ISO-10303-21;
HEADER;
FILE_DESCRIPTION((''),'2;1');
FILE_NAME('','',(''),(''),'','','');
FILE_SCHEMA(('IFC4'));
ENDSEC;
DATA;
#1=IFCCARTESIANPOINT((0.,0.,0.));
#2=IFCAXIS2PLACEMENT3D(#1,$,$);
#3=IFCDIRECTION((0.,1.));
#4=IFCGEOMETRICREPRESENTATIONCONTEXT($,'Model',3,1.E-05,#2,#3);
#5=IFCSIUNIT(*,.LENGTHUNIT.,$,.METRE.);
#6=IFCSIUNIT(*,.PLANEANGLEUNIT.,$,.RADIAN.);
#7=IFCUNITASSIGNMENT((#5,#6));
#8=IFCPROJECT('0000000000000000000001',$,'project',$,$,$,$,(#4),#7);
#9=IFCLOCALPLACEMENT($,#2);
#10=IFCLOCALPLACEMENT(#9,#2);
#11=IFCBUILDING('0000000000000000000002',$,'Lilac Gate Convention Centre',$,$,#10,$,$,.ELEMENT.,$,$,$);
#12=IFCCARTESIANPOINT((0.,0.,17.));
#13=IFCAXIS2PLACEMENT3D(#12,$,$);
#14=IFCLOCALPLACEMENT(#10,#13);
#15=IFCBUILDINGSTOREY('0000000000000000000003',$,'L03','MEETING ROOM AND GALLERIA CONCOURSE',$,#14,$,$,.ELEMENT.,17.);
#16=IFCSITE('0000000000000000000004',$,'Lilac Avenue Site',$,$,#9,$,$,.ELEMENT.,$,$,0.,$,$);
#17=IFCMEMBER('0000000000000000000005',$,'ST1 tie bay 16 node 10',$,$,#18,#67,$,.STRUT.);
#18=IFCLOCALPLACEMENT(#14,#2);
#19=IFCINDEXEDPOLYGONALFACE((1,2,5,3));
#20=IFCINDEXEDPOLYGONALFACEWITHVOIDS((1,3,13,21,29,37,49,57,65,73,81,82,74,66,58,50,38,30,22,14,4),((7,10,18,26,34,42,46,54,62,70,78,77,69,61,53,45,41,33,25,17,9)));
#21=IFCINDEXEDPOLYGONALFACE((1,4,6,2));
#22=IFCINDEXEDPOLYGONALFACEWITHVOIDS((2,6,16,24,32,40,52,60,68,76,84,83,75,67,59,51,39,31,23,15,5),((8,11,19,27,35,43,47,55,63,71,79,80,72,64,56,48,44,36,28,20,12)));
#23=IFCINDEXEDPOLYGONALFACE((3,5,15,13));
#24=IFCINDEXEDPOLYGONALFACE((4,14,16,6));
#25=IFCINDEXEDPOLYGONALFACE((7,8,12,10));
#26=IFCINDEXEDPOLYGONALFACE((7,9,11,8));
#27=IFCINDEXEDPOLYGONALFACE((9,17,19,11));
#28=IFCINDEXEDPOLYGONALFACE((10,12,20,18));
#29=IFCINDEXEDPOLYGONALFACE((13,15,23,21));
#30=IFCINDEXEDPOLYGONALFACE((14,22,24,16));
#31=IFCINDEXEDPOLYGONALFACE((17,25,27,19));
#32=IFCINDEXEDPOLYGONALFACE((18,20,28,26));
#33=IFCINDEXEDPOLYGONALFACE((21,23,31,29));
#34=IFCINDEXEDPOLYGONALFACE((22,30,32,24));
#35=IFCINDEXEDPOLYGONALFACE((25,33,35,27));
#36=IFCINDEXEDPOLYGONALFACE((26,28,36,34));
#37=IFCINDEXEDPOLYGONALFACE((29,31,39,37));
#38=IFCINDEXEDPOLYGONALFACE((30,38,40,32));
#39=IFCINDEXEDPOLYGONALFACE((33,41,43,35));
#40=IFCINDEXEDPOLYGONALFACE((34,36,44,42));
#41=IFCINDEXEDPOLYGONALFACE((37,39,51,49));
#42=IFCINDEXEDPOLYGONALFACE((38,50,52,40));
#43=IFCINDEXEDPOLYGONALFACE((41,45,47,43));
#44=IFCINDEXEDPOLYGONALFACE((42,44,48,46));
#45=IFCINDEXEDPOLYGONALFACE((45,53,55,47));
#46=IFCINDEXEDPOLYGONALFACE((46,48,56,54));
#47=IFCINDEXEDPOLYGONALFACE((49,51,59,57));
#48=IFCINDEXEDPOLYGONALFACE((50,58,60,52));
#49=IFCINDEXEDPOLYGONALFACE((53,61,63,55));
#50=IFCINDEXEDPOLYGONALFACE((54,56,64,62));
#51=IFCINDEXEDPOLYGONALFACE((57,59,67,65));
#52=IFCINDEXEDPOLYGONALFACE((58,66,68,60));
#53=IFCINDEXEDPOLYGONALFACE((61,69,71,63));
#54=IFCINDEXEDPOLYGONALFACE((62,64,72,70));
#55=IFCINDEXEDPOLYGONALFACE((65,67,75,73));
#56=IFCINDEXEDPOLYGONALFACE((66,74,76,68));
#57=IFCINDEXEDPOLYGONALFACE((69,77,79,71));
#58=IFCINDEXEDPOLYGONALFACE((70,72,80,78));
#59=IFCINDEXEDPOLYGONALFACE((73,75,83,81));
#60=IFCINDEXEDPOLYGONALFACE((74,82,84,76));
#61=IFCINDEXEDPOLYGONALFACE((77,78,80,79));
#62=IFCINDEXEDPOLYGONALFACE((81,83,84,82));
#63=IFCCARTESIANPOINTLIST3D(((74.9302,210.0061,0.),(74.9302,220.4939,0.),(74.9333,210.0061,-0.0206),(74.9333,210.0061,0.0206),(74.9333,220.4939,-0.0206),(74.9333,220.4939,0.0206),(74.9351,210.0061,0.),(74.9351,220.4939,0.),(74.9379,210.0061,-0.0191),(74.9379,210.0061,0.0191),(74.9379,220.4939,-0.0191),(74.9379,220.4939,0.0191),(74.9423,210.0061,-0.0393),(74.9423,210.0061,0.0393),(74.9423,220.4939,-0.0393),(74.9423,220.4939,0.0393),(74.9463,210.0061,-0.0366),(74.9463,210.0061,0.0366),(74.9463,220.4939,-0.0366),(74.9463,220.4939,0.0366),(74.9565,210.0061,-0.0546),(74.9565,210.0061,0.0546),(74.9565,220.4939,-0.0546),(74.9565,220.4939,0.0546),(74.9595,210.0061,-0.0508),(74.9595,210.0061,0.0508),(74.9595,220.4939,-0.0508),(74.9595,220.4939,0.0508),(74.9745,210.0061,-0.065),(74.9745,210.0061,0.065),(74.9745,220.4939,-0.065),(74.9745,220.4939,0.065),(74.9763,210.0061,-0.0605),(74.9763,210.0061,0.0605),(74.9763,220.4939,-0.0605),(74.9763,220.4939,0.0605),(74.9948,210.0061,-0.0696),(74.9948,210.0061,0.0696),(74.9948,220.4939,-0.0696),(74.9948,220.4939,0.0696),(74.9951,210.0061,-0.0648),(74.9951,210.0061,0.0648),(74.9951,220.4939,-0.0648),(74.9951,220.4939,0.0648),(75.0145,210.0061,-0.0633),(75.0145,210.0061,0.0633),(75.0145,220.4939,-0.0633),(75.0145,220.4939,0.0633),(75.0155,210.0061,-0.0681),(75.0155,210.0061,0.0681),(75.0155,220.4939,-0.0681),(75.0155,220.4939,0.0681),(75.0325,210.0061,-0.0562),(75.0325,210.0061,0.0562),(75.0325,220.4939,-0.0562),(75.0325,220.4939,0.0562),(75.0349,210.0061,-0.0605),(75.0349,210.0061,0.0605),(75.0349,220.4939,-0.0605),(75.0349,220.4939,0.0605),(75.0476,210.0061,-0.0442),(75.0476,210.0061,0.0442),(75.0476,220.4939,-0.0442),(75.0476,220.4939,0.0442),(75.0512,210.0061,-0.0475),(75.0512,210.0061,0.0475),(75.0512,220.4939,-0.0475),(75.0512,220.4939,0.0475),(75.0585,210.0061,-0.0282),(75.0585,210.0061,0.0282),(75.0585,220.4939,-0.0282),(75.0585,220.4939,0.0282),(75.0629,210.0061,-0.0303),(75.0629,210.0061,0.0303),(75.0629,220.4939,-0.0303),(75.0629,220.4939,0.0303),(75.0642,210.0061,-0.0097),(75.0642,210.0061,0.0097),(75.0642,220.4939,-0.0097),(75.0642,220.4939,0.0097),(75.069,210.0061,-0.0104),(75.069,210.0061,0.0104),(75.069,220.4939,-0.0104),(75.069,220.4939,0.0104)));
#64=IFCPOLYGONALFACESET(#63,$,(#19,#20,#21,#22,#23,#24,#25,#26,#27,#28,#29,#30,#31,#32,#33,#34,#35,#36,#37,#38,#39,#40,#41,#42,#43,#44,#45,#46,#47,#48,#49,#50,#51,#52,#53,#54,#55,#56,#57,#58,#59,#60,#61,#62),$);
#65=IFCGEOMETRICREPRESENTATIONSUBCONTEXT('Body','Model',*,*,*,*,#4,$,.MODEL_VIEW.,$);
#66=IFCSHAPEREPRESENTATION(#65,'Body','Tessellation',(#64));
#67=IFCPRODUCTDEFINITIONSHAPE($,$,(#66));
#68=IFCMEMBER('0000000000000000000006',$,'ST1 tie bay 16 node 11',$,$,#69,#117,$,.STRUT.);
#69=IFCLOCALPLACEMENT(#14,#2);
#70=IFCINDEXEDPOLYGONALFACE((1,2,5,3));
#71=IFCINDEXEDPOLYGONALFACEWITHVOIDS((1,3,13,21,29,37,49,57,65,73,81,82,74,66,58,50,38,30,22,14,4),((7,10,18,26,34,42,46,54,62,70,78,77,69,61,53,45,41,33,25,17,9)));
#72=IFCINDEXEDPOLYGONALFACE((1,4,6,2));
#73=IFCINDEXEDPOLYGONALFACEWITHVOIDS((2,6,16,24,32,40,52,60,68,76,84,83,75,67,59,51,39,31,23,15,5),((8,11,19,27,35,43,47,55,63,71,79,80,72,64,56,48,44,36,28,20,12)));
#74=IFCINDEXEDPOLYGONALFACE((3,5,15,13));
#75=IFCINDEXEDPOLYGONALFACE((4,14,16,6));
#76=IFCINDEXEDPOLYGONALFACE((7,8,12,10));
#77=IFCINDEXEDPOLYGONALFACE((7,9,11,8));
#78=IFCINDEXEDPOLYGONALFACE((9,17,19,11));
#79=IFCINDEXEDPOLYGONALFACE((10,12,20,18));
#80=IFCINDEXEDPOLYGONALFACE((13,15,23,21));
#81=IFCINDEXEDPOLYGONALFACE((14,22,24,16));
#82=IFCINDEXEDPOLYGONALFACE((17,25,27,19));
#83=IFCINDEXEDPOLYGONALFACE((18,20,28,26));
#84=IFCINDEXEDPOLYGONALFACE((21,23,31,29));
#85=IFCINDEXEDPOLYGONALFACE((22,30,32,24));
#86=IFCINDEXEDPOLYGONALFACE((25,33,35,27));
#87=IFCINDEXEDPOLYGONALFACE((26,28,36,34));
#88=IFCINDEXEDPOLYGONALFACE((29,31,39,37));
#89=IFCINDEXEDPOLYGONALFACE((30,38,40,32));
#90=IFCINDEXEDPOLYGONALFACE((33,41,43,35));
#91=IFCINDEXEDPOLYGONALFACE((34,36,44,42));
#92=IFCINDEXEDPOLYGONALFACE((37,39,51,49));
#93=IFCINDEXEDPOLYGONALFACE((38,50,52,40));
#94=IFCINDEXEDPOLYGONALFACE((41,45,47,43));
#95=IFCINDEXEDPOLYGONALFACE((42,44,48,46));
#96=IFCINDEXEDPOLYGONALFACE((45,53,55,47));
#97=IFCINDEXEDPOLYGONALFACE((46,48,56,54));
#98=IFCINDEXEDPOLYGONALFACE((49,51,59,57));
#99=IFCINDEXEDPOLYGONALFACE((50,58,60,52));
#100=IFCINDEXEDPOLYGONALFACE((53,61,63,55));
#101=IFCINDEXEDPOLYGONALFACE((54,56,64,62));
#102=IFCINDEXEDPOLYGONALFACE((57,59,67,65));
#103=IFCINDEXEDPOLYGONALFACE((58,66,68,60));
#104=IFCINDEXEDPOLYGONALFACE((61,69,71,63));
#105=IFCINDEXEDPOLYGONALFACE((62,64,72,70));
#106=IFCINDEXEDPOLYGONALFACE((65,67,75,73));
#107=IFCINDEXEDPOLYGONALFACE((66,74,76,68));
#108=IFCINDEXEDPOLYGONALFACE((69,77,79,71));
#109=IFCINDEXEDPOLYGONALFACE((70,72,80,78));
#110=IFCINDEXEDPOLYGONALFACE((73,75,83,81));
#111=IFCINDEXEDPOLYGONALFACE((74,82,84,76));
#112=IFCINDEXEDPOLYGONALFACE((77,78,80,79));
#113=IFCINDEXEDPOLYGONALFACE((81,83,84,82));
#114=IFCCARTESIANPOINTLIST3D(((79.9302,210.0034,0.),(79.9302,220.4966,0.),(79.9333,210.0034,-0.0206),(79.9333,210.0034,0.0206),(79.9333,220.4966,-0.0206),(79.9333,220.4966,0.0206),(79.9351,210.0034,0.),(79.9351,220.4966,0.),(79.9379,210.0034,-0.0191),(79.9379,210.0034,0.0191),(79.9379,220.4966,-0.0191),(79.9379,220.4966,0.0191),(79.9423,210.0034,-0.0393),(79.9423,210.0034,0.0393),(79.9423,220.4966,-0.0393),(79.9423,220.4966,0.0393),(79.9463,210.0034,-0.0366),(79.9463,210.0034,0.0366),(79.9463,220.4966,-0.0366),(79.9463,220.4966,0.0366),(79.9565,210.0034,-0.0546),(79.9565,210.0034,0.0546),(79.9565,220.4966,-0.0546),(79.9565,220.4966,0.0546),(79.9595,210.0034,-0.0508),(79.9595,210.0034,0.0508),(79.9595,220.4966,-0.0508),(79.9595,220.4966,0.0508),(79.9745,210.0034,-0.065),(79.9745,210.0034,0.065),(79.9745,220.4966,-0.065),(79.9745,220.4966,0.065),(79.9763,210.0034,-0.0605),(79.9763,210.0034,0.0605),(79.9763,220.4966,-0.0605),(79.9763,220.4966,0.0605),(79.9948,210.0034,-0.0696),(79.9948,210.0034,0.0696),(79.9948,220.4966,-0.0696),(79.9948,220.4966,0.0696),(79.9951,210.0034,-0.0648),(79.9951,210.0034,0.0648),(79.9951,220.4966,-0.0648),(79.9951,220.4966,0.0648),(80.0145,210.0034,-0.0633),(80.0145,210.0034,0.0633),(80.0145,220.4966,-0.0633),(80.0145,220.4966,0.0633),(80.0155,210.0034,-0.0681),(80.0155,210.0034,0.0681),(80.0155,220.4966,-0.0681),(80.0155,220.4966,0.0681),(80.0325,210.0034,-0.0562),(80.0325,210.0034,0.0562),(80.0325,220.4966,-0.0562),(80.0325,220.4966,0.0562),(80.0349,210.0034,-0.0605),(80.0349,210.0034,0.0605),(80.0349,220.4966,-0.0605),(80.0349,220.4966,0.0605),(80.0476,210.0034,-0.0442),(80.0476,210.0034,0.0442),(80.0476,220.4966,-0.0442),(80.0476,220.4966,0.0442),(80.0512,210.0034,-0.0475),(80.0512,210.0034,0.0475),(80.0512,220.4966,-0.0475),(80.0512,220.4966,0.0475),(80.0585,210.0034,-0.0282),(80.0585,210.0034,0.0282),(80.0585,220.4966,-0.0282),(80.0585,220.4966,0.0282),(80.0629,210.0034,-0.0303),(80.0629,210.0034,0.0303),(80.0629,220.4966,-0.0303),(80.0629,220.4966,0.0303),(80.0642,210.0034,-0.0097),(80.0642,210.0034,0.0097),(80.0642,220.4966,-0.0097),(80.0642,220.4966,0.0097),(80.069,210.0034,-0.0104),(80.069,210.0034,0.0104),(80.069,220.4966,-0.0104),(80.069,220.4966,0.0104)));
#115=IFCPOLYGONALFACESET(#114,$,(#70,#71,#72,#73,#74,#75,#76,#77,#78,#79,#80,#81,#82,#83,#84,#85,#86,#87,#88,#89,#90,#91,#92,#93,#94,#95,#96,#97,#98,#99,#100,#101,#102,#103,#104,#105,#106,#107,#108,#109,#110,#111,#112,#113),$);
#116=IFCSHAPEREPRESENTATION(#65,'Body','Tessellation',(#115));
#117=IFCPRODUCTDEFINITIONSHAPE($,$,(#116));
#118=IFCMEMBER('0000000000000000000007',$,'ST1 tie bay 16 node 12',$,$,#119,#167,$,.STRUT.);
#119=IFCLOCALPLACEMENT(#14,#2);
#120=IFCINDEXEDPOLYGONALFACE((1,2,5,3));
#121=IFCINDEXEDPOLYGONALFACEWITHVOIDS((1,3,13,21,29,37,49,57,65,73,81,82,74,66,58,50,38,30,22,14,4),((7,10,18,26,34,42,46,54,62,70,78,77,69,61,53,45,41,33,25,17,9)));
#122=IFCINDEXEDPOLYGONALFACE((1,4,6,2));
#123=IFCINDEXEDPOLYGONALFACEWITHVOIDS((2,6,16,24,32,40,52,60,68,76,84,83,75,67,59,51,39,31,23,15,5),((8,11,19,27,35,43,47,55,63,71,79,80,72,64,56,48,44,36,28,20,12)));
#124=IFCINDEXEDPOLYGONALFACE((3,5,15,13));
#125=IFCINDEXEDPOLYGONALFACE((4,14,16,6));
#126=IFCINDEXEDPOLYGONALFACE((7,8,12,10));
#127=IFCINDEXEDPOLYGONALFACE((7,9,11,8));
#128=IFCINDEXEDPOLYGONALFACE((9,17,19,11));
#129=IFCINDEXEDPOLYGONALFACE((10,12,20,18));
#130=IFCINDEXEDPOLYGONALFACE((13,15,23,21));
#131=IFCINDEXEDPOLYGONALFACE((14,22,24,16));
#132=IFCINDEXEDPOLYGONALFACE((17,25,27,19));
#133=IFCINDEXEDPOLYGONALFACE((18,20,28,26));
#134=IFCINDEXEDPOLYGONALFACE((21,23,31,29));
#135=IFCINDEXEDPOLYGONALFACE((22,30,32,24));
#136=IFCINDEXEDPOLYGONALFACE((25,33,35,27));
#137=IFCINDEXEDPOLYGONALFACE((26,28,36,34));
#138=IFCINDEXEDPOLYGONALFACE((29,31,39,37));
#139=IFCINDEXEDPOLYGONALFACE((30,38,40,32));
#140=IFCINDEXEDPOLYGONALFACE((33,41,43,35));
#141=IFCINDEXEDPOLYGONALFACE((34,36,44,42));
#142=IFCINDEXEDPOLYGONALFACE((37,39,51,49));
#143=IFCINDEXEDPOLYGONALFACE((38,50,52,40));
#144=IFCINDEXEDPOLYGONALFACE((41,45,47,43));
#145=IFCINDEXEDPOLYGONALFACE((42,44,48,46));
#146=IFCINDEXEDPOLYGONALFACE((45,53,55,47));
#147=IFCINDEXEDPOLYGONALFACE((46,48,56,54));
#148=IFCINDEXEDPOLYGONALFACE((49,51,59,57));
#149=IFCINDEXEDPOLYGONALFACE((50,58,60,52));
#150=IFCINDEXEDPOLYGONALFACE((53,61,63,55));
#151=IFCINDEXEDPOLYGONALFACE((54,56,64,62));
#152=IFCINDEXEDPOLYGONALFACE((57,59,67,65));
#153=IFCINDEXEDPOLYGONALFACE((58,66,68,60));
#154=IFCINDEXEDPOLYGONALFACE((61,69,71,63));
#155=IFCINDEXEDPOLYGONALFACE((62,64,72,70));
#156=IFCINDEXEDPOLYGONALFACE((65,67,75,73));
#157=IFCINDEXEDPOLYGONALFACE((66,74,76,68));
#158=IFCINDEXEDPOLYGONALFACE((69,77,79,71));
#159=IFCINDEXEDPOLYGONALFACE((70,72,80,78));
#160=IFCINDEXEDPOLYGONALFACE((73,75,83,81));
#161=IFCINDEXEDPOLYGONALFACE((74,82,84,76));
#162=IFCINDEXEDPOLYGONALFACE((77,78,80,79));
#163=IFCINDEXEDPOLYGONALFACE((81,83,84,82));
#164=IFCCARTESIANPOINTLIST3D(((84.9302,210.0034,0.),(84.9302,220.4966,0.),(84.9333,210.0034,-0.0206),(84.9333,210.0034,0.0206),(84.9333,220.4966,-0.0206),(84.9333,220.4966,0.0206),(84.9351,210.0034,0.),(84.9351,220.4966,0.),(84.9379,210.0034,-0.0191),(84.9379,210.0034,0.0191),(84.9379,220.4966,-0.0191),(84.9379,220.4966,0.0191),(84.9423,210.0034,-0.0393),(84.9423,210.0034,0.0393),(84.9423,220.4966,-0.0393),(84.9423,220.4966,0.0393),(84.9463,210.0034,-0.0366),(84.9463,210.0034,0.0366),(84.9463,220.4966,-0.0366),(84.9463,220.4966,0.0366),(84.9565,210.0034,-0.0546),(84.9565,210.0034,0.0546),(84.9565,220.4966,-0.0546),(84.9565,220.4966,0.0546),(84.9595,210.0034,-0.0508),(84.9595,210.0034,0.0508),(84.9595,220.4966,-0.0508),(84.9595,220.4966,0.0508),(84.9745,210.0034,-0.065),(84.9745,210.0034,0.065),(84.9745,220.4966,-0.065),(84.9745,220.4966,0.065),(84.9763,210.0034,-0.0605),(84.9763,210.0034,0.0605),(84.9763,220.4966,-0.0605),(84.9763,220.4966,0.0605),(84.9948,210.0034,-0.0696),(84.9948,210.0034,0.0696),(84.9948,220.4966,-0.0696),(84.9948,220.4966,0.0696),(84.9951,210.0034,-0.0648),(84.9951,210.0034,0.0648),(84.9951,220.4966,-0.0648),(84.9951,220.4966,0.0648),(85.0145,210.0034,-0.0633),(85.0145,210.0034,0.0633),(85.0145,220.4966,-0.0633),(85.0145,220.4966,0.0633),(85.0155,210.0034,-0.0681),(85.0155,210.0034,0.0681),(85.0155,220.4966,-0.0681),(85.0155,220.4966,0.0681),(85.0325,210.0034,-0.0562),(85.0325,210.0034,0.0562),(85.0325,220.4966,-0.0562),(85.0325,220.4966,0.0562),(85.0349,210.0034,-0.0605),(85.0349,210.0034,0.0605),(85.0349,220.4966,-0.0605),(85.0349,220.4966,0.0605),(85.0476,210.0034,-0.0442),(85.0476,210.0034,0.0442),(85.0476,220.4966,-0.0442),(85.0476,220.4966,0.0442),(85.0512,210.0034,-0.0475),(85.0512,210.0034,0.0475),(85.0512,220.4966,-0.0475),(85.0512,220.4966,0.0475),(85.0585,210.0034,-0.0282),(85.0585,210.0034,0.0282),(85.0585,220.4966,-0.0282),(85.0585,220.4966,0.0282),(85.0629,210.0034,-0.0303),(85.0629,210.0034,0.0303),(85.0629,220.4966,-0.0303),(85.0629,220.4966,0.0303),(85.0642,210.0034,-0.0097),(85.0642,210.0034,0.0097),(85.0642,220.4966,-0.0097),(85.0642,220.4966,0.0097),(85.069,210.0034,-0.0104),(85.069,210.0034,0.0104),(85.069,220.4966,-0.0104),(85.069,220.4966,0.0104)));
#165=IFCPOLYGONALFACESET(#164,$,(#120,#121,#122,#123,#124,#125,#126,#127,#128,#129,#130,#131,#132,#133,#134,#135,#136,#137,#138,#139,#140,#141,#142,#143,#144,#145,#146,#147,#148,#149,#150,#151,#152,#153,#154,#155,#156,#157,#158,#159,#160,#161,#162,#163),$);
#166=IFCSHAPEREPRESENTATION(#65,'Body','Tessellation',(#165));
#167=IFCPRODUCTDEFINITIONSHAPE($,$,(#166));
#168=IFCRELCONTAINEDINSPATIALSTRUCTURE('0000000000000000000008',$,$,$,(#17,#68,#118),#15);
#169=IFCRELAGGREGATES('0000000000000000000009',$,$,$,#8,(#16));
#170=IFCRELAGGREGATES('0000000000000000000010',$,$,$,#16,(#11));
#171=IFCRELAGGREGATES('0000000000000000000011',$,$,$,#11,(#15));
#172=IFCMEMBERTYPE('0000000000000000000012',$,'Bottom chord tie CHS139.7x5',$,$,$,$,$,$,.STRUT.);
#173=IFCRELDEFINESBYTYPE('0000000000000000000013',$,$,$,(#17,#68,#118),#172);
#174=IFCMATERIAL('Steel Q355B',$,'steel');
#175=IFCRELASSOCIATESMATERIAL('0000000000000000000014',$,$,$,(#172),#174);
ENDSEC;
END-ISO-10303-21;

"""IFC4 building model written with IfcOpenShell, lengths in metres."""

from ifc_helpers import new_model, si_unit, direction, frame, origin, origin_2d, place, context, subcontext, project, spatial, hollow_circle, extrude, material, material_profile, profile_set, type_object, element, save


model = new_model("IFC4")

# Units and contexts
model_context = context("Model", 3, precision=1e-05, world=origin(), true_north=direction((0.0, 1.0)))
body_context = subcontext(model_context, "Body", "Model", "MODEL_VIEW")
ifc_project = project(units=[si_unit("LENGTHUNIT", "METRE"), si_unit("PLANEANGLEUNIT", "RADIAN")], contexts=[model_context])

# Site, building, storey
site_placement = place(None, origin())
site = spatial("IfcSite", under=ifc_project, at=site_placement, Name="Lilac Avenue Site", CompositionType="ELEMENT", RefElevation=0.0)
building_placement = place(site_placement, origin())
building = spatial("IfcBuilding", under=site, at=building_placement, Name="Lilac Gate Convention Centre", CompositionType="ELEMENT")
storey_placement = place(building_placement, frame((0.0, 0.0, 17.0)))
storey = spatial("IfcBuildingStorey", under=building, at=storey_placement, Name="L03", Description="MEETING ROOM AND GALLERIA CONCOURSE", CompositionType="ELEMENT", Elevation=17.0)

# Members
ifc_material = material(Name="Steel Q355B", Category="steel")
ifc_material_profile_1 = material_profile(ifc_material, hollow_circle(Radius=0.0698, WallThickness=0.0049, at=origin_2d()), Name="CHS139.7x5")
ifc_profile_set_1 = profile_set([ifc_material_profile_1], Name="Steel Q355B")
member_type_1 = type_object("IfcMemberType", Name="Bottom chord tie CHS139.7x5", PredefinedType="STRUT", material=ifc_profile_set_1)
member_1_placement = place(storey_placement, frame((75.0, 210.0061, 0.0), z_axis=(0.0, 1.0, 0.0), x_axis=(-1.0, 0.0, 0.0)))
element("IfcMember", 1, at=member_1_placement, inside=storey, type_object=member_type_1, Name="ST1 tie bay 16 node 10", PredefinedType="STRUT", context=body_context, shape_type="SweptSolid", body=[
    extrude(hollow_circle(Radius=0.0698, WallThickness=0.0049, at=origin_2d()), origin(), (0.0, 0.0, 1.0), 10.4878),
])
for number, where, z_axis, x_axis, name in (
    (2, (80.0, 210.0034, 0.0), (0.0, 1.0, 0.0), (-1.0, 0.0, 0.0), "ST1 tie bay 16 node 11"),
    (3, (85.0, 210.0034, 0.0), (0.0, 1.0, 0.0), (-1.0, 0.0, 0.0), "ST1 tie bay 16 node 12"),
):
    element("IfcMember", number, at=place(storey_placement, frame(where, z_axis=z_axis, x_axis=x_axis)), inside=storey, type_object=member_type_1, Name=name, PredefinedType="STRUT", context=body_context, shape_type="SweptSolid", body=[
        extrude(hollow_circle(Radius=0.0698, WallThickness=0.0049, at=origin_2d()), origin(), (0.0, 0.0, 1.0), 10.4932),
    ])

save(model, "model.ifc")
